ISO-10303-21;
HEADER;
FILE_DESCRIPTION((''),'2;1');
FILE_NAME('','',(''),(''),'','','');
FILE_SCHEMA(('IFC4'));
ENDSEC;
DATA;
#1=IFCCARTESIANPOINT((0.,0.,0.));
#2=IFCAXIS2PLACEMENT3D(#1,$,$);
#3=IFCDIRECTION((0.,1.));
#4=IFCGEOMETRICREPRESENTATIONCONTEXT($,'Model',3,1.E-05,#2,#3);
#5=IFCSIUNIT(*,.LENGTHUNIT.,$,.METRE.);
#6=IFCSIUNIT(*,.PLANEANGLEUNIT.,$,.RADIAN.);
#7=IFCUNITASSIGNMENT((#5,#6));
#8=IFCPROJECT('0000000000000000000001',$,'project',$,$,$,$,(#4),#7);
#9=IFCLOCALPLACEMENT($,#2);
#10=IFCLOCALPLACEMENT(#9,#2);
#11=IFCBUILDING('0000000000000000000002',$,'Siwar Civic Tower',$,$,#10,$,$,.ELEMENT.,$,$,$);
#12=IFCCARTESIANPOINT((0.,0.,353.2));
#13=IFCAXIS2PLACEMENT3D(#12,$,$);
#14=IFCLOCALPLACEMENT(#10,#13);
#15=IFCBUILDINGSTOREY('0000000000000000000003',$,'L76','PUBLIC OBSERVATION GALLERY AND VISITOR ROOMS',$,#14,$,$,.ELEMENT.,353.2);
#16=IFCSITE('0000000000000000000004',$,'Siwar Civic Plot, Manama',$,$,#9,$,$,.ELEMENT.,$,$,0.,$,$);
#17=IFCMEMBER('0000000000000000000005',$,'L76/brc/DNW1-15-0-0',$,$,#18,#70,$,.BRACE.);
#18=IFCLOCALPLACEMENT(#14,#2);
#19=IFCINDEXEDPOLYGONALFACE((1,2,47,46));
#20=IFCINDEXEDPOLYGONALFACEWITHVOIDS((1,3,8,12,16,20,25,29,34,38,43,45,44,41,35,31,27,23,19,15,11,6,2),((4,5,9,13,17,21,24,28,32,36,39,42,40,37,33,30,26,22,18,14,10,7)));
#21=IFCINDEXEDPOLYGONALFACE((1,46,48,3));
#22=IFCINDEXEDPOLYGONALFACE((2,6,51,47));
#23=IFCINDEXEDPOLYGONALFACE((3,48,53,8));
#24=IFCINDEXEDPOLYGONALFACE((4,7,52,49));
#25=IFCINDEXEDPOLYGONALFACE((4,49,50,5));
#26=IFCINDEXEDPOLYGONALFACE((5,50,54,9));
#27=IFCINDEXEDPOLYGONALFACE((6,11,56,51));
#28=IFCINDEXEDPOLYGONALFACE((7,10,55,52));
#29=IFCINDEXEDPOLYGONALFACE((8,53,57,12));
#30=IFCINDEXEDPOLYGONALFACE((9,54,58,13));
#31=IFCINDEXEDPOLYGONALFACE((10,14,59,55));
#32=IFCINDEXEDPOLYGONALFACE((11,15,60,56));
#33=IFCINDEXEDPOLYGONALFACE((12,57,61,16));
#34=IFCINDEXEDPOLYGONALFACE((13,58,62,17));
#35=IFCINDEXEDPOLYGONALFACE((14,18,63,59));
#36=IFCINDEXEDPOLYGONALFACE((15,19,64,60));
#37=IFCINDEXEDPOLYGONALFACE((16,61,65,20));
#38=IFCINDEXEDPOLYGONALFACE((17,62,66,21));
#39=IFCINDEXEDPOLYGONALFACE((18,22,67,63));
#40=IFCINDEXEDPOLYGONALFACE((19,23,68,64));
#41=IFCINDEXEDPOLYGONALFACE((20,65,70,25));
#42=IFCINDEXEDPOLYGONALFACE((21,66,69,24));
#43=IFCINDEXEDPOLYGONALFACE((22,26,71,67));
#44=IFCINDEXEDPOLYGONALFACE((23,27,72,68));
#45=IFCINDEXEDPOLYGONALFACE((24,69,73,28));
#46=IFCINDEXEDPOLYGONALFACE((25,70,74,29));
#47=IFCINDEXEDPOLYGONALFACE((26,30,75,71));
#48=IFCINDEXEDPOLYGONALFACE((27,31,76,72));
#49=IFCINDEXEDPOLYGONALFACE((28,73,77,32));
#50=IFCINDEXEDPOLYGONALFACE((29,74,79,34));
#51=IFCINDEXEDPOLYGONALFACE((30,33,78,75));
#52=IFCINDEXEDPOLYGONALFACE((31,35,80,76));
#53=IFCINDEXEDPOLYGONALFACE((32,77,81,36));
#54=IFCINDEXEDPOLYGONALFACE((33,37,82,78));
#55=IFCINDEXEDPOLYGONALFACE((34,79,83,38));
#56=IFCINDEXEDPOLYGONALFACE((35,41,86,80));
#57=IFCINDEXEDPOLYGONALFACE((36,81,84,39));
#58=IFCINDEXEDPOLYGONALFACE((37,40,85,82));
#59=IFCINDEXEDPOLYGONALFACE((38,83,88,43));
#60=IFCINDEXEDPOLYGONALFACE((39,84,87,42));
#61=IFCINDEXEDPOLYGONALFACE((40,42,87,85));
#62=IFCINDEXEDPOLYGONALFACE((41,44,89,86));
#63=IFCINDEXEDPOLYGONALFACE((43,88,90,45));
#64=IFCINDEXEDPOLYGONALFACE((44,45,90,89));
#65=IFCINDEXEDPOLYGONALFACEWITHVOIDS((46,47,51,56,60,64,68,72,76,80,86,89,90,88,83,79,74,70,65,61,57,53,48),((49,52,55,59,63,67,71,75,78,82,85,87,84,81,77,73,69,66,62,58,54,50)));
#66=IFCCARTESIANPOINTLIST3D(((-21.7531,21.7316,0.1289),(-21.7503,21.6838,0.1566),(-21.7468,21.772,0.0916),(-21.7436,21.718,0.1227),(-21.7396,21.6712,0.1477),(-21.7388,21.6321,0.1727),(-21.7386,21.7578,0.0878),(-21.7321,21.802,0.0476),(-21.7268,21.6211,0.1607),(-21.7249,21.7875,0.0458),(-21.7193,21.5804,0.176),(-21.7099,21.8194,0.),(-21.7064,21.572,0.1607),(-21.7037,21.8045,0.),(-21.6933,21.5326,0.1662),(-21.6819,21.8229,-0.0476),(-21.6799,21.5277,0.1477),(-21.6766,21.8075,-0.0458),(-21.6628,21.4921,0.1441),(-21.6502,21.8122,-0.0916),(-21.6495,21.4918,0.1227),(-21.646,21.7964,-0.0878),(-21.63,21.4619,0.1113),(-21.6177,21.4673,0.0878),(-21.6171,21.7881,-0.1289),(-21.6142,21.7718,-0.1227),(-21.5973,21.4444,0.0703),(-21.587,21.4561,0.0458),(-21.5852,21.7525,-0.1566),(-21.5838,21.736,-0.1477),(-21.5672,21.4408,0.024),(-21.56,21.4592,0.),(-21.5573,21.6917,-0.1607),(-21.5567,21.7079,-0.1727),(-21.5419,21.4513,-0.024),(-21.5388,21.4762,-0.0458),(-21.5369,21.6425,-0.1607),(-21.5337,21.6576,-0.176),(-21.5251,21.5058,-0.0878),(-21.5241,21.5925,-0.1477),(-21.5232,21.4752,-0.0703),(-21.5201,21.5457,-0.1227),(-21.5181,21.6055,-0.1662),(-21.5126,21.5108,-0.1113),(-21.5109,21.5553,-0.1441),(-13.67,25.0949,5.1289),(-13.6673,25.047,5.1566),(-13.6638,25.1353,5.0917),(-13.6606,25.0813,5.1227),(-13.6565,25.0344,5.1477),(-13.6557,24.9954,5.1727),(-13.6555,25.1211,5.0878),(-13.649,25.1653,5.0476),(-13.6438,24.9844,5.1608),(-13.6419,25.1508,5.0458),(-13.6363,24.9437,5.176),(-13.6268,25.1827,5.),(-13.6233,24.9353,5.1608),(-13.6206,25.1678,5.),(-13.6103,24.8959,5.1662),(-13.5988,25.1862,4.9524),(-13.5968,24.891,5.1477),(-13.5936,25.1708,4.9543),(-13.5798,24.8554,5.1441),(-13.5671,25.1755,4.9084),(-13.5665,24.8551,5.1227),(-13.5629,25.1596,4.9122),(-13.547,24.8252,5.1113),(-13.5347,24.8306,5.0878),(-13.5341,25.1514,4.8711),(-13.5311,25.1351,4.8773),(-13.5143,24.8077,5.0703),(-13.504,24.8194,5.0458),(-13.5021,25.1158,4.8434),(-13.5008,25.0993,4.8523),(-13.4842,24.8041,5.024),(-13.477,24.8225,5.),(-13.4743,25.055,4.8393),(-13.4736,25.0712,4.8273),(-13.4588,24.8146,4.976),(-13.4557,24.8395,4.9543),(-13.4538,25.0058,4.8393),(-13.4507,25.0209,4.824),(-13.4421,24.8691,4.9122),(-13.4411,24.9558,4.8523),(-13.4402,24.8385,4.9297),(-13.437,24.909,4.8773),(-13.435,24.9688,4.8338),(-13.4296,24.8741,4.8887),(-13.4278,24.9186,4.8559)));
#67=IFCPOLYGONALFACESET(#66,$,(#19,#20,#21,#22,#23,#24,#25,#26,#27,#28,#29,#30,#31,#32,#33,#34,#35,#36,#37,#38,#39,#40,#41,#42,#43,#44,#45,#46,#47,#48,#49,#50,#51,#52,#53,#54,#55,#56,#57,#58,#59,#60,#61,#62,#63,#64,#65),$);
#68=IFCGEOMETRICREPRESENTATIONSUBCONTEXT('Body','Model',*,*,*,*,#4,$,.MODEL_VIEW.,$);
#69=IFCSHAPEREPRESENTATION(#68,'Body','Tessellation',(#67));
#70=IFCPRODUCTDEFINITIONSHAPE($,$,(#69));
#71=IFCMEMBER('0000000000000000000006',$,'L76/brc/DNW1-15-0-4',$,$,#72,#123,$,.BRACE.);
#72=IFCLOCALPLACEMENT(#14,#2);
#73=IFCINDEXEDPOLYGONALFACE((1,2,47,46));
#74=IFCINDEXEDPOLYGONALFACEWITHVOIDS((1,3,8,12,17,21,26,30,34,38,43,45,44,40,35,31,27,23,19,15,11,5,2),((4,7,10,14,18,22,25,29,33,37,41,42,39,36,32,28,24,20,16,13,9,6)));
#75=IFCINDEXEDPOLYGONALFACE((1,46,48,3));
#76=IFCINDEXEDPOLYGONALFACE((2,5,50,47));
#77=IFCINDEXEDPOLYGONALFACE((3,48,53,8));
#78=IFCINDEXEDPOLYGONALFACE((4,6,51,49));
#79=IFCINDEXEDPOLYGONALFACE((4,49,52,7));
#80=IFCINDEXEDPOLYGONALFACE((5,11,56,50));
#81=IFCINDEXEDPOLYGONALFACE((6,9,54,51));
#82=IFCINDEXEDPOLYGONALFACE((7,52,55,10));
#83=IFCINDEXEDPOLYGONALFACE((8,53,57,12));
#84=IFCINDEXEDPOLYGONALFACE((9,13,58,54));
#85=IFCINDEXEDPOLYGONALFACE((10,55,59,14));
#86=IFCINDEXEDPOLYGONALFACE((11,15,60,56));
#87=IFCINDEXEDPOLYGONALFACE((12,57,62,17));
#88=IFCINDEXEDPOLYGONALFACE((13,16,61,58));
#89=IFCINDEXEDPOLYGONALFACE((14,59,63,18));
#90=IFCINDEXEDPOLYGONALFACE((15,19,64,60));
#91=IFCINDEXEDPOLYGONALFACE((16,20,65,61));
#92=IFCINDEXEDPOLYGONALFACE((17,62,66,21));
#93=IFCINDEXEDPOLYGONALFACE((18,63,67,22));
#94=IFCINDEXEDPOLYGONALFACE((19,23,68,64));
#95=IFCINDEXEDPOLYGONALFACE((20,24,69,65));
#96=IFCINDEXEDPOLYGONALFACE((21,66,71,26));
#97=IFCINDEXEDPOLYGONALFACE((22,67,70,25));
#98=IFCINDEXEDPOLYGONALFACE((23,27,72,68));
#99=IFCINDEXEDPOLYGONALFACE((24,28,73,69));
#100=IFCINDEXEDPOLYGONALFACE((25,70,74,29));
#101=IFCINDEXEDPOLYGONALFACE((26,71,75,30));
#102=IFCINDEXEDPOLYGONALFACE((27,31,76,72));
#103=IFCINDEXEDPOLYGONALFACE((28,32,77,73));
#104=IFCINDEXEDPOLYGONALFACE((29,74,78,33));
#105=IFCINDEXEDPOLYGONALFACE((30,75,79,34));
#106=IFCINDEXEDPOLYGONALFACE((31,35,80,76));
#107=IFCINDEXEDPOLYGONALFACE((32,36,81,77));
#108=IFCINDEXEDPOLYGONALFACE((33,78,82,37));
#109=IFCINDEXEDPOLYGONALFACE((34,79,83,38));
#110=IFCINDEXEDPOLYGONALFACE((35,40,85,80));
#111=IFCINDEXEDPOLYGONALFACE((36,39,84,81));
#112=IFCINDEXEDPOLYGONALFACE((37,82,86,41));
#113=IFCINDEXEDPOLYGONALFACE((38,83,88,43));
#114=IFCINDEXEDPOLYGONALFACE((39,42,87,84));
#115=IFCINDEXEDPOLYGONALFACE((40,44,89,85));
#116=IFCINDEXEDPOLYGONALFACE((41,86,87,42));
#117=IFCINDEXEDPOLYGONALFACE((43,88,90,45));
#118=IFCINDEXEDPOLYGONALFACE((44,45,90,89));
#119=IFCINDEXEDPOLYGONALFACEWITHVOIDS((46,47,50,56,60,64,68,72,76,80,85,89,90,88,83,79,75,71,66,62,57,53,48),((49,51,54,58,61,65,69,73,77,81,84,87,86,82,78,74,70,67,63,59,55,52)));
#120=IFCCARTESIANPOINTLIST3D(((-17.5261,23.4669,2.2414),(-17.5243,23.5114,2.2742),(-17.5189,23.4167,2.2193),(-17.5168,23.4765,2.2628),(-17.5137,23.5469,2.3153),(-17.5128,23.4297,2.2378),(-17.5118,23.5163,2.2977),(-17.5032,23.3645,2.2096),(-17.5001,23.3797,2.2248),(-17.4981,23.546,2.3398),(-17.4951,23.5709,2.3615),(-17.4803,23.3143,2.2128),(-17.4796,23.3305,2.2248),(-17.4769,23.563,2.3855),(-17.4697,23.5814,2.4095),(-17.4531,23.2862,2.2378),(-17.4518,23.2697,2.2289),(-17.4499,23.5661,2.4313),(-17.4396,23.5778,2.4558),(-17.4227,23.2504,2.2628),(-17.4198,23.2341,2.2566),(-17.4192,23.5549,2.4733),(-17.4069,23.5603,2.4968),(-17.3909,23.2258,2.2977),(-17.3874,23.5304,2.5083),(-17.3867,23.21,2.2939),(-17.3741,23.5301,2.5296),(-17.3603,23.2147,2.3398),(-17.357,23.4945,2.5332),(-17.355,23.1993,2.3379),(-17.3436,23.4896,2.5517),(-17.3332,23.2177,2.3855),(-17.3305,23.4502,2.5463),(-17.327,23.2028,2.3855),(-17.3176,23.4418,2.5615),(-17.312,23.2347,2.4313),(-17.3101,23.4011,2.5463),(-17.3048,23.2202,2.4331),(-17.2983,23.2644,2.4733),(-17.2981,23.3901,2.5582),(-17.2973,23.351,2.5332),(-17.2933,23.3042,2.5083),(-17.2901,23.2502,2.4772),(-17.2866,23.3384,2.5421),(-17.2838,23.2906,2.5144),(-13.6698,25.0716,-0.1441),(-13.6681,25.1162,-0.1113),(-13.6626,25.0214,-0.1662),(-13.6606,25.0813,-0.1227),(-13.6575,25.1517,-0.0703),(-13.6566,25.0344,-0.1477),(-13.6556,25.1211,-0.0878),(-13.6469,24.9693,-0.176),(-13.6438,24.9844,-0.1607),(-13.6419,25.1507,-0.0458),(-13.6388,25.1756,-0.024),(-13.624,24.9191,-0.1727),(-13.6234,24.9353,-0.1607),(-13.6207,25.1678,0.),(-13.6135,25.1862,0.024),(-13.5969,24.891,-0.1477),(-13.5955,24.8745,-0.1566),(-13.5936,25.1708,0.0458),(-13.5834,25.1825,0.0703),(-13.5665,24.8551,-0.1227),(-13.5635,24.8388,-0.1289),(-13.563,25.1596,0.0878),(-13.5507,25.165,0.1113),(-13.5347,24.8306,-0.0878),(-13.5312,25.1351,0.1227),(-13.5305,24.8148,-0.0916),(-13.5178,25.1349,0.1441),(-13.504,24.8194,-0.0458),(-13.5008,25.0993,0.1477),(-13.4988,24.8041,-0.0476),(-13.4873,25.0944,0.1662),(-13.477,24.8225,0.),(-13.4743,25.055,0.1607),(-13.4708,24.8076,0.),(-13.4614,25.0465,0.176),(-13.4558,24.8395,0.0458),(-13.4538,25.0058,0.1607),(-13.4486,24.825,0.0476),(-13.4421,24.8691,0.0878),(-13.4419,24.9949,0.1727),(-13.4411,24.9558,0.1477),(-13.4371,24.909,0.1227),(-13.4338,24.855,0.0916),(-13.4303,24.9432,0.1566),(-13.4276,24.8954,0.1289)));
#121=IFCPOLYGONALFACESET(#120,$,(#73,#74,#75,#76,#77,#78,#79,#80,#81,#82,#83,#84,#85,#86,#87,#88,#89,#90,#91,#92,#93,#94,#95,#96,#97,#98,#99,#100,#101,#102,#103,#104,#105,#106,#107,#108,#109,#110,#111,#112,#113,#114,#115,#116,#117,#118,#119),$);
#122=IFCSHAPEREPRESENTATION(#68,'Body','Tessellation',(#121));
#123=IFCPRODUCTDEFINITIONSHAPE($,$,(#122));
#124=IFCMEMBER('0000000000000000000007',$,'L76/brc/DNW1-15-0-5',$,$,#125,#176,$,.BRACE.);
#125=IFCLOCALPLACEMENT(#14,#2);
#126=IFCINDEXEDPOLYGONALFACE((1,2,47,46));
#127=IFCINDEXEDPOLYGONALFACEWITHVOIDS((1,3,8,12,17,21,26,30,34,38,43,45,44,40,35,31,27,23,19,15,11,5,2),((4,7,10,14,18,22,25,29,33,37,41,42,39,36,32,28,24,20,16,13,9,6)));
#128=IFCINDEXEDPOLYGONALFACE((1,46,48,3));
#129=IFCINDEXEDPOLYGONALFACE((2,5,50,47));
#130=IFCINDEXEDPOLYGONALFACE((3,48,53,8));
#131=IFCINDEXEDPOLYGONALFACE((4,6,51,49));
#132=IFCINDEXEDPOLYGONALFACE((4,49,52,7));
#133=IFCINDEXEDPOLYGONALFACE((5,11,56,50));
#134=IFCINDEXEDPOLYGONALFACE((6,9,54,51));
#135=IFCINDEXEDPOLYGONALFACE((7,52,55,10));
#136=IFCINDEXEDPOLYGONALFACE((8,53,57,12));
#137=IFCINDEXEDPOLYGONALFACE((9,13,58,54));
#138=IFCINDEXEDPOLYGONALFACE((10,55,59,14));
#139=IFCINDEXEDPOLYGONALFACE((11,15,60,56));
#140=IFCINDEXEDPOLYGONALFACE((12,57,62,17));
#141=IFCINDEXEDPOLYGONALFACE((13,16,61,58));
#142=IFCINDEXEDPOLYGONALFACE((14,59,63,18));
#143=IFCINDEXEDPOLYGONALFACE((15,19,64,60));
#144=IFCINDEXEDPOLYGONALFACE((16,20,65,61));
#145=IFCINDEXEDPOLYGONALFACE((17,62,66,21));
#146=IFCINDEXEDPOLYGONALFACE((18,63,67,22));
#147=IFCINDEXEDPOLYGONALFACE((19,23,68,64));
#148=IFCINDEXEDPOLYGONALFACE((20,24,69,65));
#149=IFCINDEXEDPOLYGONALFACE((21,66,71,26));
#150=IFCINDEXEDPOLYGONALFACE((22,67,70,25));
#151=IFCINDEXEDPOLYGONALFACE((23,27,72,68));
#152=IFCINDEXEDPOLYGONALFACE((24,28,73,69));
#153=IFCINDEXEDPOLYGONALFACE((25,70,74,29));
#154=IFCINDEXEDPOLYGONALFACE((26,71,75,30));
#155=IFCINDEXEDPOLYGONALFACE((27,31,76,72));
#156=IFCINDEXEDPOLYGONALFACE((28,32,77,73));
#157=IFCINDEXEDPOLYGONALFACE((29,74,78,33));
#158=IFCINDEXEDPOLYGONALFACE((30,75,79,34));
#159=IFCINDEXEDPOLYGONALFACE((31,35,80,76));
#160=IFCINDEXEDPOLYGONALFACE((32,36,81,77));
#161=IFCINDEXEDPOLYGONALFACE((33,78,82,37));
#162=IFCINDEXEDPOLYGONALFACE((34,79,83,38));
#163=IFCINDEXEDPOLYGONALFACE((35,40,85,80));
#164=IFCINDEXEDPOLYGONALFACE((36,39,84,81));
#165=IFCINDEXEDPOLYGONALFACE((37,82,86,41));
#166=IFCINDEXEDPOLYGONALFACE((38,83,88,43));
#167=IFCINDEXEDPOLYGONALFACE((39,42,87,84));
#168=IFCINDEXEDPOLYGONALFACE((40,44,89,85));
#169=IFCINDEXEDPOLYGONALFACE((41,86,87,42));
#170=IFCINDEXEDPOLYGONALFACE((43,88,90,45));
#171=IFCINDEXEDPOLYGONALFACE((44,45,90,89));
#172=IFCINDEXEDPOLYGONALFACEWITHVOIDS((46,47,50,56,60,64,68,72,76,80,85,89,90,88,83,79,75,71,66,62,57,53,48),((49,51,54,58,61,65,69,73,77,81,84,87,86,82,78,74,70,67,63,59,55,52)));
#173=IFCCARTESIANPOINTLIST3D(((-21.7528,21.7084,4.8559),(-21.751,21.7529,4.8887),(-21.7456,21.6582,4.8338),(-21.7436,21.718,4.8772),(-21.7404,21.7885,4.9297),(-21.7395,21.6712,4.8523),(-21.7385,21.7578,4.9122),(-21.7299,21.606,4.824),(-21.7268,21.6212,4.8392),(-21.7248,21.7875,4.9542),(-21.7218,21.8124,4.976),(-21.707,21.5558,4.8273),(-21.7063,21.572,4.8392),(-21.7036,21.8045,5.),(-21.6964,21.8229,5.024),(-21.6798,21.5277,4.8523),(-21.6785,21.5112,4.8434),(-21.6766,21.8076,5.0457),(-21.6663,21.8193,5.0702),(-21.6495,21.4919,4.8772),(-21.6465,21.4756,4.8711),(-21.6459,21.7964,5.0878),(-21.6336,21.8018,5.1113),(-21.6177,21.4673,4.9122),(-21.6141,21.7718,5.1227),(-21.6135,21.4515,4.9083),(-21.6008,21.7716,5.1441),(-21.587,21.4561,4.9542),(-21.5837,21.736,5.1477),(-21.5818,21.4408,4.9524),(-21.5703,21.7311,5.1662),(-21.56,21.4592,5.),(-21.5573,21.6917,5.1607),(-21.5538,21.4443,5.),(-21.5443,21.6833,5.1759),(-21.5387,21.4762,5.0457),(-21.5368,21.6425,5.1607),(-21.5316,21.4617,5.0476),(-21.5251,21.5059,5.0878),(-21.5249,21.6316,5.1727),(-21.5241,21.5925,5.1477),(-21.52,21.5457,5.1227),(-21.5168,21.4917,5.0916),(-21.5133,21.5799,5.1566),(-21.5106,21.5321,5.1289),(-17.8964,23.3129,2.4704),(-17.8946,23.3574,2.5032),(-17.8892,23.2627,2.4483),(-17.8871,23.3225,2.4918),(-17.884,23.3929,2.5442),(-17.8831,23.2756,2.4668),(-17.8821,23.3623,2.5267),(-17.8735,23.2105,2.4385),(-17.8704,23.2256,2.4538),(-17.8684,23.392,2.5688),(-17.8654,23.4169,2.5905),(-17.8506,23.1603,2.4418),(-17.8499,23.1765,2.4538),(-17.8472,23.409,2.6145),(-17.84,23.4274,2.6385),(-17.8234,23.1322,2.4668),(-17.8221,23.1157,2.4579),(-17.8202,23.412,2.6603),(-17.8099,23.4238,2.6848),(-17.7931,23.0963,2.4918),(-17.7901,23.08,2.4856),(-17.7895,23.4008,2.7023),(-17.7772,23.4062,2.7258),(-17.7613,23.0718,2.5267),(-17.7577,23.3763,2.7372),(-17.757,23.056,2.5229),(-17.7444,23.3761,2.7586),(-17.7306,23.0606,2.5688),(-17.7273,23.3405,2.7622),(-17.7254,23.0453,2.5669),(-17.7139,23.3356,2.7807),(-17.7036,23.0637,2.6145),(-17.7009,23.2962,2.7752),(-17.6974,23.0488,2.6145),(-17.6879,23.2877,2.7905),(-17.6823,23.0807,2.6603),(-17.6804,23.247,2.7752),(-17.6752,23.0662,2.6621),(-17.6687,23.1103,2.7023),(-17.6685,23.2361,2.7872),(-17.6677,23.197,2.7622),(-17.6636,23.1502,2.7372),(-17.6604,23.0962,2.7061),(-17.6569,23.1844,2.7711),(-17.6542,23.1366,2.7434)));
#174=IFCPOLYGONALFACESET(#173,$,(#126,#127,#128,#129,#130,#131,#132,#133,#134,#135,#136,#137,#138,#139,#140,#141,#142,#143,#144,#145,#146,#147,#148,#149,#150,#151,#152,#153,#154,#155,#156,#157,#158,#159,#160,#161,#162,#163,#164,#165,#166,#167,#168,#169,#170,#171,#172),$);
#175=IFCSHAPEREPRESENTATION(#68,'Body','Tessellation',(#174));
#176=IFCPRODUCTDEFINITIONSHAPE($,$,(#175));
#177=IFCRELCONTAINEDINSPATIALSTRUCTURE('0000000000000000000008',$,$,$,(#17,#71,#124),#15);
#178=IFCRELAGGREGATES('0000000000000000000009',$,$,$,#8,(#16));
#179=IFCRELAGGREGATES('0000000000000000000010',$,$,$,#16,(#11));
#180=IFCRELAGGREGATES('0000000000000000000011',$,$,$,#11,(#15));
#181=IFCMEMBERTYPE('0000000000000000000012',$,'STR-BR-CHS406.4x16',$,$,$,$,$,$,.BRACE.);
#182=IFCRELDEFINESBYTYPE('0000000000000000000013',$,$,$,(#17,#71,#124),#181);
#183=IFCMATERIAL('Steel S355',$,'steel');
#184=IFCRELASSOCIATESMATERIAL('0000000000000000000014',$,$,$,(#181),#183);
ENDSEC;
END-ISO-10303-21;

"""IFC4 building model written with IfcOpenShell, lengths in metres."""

from ifc_helpers import new_model, si_unit, direction, frame, origin, origin_2d, place, context, subcontext, project, spatial, hollow_circle, extrude, material, material_profile, profile_set, type_object, element, save


model = new_model("IFC4")

# Units and contexts
model_context = context("Model", 3, precision=1e-05, world=origin(), true_north=direction((0.0, 1.0)))
body_context = subcontext(model_context, "Body", "Model", "MODEL_VIEW")
ifc_project = project(units=[si_unit("LENGTHUNIT", "METRE"), si_unit("PLANEANGLEUNIT", "RADIAN")], contexts=[model_context])

# Site, building, storey
site_placement = place(None, origin())
site = spatial("IfcSite", under=ifc_project, at=site_placement, Name="Siwar Civic Plot, Manama", CompositionType="ELEMENT", RefElevation=0.0)
building_placement = place(site_placement, origin())
building = spatial("IfcBuilding", under=site, at=building_placement, Name="Siwar Civic Tower", CompositionType="ELEMENT")
storey_placement = place(building_placement, frame((0.0, 0.0, 353.2)))
storey = spatial("IfcBuildingStorey", under=building, at=storey_placement, Name="L76", Description="PUBLIC OBSERVATION GALLERY AND VISITOR ROOMS", CompositionType="ELEMENT", Elevation=353.2)

# Members
ifc_material_1 = material(Name="Steel S355", Category="steel")
ifc_material_profile_1 = material_profile(ifc_material_1, hollow_circle(Radius=0.2031, WallThickness=0.0161, at=origin_2d()), Name="CHS406.4x16")
ifc_profile_set_1 = profile_set([ifc_material_profile_1], Name="Steel S355")
member_type_1 = type_object("IfcMemberType", Name="STR-BR-CHS406.4x16", PredefinedType="BRACE", material=ifc_profile_set_1)
member_1_placement = place(storey_placement, frame((-21.6318, 21.6318, 0.0), z_axis=(0.801727, 0.333593, 0.495933), x_axis=(-0.384164, 0.923265, 0.0)))
element("IfcMember", 1, at=member_1_placement, inside=storey, type_object=member_type_1, Name="L76/brc/DNW1-15-0-0", PredefinedType="BRACE", context=body_context, shape_type="SweptSolid", body=[
    extrude(hollow_circle(Radius=0.2031, WallThickness=0.0161, at=origin_2d()), origin(), (0.0, 0.0, 1.0), 10.082),
])
for number, where, z_axis, x_axis, name in (
    (2, (-13.5488, 24.9951, 0.0), (-0.801706, -0.333625, 0.495946), (0.384204, -0.923248, 0.0), "L76/brc/DNW1-15-0-4"),
    (3, (-17.7754, 23.2363, 2.6145), (-0.801737, -0.333567, 0.495934), (0.384134, -0.923277, 0.0), "L76/brc/DNW1-15-0-5"),
):
    element("IfcMember", number, at=place(storey_placement, frame(where, z_axis=z_axis, x_axis=x_axis)), inside=storey, type_object=member_type_1, Name=name, PredefinedType="BRACE", context=body_context, shape_type="SweptSolid", body=[
        extrude(hollow_circle(Radius=0.2031, WallThickness=0.0161, at=origin_2d()), origin(), (0.0, 0.0, 1.0), 4.8101),
    ])

save(model, "model.ifc")
